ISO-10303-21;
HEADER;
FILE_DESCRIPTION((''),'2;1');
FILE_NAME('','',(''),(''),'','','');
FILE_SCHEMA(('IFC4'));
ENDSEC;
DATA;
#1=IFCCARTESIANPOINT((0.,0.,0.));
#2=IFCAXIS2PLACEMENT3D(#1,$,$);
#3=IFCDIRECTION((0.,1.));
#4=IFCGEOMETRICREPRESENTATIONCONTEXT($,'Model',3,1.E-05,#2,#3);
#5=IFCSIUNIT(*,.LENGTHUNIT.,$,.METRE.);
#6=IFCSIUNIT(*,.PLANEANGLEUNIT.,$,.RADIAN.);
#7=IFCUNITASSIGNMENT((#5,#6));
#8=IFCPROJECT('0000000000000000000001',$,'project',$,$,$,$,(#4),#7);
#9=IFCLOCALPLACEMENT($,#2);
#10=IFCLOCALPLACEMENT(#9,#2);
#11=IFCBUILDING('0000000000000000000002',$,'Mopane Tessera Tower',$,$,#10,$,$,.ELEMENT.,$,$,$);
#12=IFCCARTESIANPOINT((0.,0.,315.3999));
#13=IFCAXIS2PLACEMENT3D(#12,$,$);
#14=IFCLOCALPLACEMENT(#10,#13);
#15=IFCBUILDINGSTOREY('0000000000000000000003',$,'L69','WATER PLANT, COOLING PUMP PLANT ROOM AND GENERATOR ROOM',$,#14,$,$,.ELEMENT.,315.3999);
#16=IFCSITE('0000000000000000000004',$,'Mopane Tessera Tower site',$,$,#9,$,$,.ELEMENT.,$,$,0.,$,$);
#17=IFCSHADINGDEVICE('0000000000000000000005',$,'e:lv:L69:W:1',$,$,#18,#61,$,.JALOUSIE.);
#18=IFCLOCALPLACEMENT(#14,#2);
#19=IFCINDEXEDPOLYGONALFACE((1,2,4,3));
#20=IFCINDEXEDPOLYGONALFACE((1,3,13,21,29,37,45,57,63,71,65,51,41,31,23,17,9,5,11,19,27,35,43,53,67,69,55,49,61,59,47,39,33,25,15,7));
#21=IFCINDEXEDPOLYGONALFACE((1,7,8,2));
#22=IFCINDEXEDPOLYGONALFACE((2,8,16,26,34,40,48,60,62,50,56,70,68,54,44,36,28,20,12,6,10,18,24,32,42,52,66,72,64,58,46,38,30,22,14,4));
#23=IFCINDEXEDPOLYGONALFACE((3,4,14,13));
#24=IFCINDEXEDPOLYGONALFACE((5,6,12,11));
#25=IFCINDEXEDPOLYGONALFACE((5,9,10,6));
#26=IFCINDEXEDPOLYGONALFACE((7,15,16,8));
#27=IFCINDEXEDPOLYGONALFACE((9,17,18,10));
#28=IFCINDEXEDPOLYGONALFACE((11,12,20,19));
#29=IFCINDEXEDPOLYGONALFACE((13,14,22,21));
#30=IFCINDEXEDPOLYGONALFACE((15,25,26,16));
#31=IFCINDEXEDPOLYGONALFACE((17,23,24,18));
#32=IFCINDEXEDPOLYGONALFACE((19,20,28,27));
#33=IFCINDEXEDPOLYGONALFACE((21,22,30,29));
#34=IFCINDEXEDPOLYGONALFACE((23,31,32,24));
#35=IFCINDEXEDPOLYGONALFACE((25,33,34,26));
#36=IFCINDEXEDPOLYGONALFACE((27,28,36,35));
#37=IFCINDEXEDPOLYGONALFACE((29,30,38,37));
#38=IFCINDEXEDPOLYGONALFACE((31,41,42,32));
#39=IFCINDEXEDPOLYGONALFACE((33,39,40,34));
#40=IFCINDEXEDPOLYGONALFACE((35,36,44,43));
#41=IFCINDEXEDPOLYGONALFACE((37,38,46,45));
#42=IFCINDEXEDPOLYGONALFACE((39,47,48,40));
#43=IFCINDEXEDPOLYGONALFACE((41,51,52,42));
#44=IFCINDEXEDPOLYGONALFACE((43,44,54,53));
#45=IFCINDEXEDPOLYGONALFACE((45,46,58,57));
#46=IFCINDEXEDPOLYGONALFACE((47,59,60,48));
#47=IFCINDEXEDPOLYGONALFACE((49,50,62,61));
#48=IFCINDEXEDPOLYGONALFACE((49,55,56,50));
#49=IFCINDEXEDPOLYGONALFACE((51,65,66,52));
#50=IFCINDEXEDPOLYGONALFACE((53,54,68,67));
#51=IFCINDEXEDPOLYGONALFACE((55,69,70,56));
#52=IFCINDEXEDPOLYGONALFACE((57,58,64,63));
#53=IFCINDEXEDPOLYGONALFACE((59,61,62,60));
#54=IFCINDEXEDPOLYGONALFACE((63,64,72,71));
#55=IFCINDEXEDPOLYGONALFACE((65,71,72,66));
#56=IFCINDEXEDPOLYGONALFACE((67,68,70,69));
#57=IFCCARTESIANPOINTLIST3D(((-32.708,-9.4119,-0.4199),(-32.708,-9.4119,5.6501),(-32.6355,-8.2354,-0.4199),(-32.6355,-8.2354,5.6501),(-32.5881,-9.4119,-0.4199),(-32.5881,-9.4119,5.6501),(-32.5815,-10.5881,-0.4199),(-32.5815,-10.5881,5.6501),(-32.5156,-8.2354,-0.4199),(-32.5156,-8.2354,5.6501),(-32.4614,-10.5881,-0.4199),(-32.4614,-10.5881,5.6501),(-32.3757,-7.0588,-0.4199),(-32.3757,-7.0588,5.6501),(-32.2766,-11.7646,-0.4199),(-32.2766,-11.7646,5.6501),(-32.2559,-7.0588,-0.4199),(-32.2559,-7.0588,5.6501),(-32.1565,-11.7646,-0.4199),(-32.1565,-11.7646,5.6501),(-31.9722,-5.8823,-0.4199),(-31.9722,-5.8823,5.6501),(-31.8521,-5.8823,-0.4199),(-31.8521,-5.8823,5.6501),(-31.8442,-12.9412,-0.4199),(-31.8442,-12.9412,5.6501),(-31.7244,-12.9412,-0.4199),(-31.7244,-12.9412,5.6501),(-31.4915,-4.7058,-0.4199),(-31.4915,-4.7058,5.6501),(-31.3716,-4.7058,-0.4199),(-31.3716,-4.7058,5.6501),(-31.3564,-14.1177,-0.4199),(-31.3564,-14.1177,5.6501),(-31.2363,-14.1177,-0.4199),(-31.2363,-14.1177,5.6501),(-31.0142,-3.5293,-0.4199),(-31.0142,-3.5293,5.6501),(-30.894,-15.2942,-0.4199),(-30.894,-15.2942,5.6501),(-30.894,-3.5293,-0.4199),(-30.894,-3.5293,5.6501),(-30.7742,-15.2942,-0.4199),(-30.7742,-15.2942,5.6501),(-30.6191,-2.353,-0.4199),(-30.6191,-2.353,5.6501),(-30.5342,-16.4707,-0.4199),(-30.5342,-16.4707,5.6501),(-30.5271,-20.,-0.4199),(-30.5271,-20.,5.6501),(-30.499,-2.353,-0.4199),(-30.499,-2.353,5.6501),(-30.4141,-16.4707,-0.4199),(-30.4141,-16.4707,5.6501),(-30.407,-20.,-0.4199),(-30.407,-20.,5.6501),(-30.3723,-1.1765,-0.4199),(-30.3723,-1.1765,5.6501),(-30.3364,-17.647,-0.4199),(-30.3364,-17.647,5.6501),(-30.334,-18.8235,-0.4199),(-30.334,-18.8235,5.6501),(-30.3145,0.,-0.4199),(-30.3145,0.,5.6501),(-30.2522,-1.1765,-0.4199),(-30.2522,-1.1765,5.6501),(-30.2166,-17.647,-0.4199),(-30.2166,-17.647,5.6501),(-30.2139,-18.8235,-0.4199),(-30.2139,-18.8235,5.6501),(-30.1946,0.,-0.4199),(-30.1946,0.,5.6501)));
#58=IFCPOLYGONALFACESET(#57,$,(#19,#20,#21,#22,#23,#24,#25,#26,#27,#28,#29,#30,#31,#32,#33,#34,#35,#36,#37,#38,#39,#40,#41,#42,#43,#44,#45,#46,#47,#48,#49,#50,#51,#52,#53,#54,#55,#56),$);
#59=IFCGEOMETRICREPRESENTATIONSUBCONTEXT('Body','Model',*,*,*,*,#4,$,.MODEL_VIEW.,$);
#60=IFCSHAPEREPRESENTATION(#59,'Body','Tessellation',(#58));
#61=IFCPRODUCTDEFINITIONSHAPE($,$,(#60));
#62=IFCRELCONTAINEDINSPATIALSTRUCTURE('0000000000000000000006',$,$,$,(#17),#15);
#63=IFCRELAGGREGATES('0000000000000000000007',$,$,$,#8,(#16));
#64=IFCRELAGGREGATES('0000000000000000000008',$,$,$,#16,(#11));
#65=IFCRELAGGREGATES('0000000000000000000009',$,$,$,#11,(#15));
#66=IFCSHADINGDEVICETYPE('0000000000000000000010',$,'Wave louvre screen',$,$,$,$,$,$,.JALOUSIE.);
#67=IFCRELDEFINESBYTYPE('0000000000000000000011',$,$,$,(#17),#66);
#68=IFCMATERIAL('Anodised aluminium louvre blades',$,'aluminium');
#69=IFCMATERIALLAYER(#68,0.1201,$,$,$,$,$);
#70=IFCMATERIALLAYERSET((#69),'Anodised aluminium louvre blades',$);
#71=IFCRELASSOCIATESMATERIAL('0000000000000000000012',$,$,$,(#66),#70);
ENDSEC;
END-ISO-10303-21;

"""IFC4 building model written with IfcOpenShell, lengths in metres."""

from ifc_helpers import new_model, si_unit, direction, frame, origin, place, context, subcontext, project, spatial, polyline, outline, extrude, material, layer, layer_set, type_object, element, save


model = new_model("IFC4")

# Units and contexts
model_context = context("Model", 3, precision=1e-05, world=origin(), true_north=direction((0.0, 1.0)))
body_context = subcontext(model_context, "Body", "Model", "MODEL_VIEW")
ifc_project = project(units=[si_unit("LENGTHUNIT", "METRE"), si_unit("PLANEANGLEUNIT", "RADIAN")], contexts=[model_context])

# Site, building, storey
site_placement = place(None, origin())
site = spatial("IfcSite", under=ifc_project, at=site_placement, Name="Mopane Tessera Tower site", CompositionType="ELEMENT", RefElevation=0.0)
building_placement = place(site_placement, origin())
building = spatial("IfcBuilding", under=site, at=building_placement, Name="Mopane Tessera Tower", CompositionType="ELEMENT")
storey_placement = place(building_placement, frame((0.0, 0.0, 315.3999)))
storey = spatial("IfcBuildingStorey", under=building, at=storey_placement, Name="L69", Description="WATER PLANT, COOLING PUMP PLANT ROOM AND GENERATOR ROOM", CompositionType="ELEMENT", Elevation=315.3999)

# Shading device
ifc_material_1 = material(Name="Anodised aluminium louvre blades", Category="aluminium")
ifc_layer_1 = layer(ifc_material_1, 0.1201)
ifc_layer_set_1 = layer_set([ifc_layer_1], Name="Anodised aluminium louvre blades")
shading_device_type = type_object("IfcShadingDeviceType", Name="Wave louvre screen", PredefinedType="JALOUSIE", material=ifc_layer_set_1)
shading_device_1_placement = place(storey_placement, frame((0.0, 0.0, -0.4199)))
element("IfcShadingDevice", 1, at=shading_device_1_placement, inside=storey, type_object=shading_device_type, Name="e:lv:L69:W:1", PredefinedType="JALOUSIE", context=body_context, shape_type="SweptSolid", body=[
    extrude(outline(polyline([(-30.1946, 0.0), (-30.2522, -1.1765), (-30.499, -2.353), (-30.894, -3.5293), (-31.3716, -4.7058), (-31.8521, -5.8823), (-32.2559, -7.0588), (-32.5156, -8.2354), (-32.5881, -9.4119), (-32.4614, -10.5881), (-32.1565, -11.7646), (-31.7244, -12.9412), (-31.2363, -14.1177), (-30.7742, -15.2942), (-30.4141, -16.4707), (-30.2166, -17.647), (-30.2139, -18.8235), (-30.407, -20.0), (-30.5271, -20.0), (-30.334, -18.8235), (-30.3364, -17.647), (-30.5342, -16.4707), (-30.894, -15.2942), (-31.3564, -14.1177), (-31.8442, -12.9412), (-32.2766, -11.7646), (-32.5815, -10.5881), (-32.708, -9.4119), (-32.6355, -8.2354), (-32.3757, -7.0588), (-31.9722, -5.8823), (-31.4915, -4.7058), (-31.0142, -3.5293), (-30.6191, -2.353), (-30.3723, -1.1765), (-30.3145, 0.0), (-30.1946, 0.0)])), origin(), (0.0, 0.0, 1.0), 6.0701),
])

save(model, "model.ifc")
